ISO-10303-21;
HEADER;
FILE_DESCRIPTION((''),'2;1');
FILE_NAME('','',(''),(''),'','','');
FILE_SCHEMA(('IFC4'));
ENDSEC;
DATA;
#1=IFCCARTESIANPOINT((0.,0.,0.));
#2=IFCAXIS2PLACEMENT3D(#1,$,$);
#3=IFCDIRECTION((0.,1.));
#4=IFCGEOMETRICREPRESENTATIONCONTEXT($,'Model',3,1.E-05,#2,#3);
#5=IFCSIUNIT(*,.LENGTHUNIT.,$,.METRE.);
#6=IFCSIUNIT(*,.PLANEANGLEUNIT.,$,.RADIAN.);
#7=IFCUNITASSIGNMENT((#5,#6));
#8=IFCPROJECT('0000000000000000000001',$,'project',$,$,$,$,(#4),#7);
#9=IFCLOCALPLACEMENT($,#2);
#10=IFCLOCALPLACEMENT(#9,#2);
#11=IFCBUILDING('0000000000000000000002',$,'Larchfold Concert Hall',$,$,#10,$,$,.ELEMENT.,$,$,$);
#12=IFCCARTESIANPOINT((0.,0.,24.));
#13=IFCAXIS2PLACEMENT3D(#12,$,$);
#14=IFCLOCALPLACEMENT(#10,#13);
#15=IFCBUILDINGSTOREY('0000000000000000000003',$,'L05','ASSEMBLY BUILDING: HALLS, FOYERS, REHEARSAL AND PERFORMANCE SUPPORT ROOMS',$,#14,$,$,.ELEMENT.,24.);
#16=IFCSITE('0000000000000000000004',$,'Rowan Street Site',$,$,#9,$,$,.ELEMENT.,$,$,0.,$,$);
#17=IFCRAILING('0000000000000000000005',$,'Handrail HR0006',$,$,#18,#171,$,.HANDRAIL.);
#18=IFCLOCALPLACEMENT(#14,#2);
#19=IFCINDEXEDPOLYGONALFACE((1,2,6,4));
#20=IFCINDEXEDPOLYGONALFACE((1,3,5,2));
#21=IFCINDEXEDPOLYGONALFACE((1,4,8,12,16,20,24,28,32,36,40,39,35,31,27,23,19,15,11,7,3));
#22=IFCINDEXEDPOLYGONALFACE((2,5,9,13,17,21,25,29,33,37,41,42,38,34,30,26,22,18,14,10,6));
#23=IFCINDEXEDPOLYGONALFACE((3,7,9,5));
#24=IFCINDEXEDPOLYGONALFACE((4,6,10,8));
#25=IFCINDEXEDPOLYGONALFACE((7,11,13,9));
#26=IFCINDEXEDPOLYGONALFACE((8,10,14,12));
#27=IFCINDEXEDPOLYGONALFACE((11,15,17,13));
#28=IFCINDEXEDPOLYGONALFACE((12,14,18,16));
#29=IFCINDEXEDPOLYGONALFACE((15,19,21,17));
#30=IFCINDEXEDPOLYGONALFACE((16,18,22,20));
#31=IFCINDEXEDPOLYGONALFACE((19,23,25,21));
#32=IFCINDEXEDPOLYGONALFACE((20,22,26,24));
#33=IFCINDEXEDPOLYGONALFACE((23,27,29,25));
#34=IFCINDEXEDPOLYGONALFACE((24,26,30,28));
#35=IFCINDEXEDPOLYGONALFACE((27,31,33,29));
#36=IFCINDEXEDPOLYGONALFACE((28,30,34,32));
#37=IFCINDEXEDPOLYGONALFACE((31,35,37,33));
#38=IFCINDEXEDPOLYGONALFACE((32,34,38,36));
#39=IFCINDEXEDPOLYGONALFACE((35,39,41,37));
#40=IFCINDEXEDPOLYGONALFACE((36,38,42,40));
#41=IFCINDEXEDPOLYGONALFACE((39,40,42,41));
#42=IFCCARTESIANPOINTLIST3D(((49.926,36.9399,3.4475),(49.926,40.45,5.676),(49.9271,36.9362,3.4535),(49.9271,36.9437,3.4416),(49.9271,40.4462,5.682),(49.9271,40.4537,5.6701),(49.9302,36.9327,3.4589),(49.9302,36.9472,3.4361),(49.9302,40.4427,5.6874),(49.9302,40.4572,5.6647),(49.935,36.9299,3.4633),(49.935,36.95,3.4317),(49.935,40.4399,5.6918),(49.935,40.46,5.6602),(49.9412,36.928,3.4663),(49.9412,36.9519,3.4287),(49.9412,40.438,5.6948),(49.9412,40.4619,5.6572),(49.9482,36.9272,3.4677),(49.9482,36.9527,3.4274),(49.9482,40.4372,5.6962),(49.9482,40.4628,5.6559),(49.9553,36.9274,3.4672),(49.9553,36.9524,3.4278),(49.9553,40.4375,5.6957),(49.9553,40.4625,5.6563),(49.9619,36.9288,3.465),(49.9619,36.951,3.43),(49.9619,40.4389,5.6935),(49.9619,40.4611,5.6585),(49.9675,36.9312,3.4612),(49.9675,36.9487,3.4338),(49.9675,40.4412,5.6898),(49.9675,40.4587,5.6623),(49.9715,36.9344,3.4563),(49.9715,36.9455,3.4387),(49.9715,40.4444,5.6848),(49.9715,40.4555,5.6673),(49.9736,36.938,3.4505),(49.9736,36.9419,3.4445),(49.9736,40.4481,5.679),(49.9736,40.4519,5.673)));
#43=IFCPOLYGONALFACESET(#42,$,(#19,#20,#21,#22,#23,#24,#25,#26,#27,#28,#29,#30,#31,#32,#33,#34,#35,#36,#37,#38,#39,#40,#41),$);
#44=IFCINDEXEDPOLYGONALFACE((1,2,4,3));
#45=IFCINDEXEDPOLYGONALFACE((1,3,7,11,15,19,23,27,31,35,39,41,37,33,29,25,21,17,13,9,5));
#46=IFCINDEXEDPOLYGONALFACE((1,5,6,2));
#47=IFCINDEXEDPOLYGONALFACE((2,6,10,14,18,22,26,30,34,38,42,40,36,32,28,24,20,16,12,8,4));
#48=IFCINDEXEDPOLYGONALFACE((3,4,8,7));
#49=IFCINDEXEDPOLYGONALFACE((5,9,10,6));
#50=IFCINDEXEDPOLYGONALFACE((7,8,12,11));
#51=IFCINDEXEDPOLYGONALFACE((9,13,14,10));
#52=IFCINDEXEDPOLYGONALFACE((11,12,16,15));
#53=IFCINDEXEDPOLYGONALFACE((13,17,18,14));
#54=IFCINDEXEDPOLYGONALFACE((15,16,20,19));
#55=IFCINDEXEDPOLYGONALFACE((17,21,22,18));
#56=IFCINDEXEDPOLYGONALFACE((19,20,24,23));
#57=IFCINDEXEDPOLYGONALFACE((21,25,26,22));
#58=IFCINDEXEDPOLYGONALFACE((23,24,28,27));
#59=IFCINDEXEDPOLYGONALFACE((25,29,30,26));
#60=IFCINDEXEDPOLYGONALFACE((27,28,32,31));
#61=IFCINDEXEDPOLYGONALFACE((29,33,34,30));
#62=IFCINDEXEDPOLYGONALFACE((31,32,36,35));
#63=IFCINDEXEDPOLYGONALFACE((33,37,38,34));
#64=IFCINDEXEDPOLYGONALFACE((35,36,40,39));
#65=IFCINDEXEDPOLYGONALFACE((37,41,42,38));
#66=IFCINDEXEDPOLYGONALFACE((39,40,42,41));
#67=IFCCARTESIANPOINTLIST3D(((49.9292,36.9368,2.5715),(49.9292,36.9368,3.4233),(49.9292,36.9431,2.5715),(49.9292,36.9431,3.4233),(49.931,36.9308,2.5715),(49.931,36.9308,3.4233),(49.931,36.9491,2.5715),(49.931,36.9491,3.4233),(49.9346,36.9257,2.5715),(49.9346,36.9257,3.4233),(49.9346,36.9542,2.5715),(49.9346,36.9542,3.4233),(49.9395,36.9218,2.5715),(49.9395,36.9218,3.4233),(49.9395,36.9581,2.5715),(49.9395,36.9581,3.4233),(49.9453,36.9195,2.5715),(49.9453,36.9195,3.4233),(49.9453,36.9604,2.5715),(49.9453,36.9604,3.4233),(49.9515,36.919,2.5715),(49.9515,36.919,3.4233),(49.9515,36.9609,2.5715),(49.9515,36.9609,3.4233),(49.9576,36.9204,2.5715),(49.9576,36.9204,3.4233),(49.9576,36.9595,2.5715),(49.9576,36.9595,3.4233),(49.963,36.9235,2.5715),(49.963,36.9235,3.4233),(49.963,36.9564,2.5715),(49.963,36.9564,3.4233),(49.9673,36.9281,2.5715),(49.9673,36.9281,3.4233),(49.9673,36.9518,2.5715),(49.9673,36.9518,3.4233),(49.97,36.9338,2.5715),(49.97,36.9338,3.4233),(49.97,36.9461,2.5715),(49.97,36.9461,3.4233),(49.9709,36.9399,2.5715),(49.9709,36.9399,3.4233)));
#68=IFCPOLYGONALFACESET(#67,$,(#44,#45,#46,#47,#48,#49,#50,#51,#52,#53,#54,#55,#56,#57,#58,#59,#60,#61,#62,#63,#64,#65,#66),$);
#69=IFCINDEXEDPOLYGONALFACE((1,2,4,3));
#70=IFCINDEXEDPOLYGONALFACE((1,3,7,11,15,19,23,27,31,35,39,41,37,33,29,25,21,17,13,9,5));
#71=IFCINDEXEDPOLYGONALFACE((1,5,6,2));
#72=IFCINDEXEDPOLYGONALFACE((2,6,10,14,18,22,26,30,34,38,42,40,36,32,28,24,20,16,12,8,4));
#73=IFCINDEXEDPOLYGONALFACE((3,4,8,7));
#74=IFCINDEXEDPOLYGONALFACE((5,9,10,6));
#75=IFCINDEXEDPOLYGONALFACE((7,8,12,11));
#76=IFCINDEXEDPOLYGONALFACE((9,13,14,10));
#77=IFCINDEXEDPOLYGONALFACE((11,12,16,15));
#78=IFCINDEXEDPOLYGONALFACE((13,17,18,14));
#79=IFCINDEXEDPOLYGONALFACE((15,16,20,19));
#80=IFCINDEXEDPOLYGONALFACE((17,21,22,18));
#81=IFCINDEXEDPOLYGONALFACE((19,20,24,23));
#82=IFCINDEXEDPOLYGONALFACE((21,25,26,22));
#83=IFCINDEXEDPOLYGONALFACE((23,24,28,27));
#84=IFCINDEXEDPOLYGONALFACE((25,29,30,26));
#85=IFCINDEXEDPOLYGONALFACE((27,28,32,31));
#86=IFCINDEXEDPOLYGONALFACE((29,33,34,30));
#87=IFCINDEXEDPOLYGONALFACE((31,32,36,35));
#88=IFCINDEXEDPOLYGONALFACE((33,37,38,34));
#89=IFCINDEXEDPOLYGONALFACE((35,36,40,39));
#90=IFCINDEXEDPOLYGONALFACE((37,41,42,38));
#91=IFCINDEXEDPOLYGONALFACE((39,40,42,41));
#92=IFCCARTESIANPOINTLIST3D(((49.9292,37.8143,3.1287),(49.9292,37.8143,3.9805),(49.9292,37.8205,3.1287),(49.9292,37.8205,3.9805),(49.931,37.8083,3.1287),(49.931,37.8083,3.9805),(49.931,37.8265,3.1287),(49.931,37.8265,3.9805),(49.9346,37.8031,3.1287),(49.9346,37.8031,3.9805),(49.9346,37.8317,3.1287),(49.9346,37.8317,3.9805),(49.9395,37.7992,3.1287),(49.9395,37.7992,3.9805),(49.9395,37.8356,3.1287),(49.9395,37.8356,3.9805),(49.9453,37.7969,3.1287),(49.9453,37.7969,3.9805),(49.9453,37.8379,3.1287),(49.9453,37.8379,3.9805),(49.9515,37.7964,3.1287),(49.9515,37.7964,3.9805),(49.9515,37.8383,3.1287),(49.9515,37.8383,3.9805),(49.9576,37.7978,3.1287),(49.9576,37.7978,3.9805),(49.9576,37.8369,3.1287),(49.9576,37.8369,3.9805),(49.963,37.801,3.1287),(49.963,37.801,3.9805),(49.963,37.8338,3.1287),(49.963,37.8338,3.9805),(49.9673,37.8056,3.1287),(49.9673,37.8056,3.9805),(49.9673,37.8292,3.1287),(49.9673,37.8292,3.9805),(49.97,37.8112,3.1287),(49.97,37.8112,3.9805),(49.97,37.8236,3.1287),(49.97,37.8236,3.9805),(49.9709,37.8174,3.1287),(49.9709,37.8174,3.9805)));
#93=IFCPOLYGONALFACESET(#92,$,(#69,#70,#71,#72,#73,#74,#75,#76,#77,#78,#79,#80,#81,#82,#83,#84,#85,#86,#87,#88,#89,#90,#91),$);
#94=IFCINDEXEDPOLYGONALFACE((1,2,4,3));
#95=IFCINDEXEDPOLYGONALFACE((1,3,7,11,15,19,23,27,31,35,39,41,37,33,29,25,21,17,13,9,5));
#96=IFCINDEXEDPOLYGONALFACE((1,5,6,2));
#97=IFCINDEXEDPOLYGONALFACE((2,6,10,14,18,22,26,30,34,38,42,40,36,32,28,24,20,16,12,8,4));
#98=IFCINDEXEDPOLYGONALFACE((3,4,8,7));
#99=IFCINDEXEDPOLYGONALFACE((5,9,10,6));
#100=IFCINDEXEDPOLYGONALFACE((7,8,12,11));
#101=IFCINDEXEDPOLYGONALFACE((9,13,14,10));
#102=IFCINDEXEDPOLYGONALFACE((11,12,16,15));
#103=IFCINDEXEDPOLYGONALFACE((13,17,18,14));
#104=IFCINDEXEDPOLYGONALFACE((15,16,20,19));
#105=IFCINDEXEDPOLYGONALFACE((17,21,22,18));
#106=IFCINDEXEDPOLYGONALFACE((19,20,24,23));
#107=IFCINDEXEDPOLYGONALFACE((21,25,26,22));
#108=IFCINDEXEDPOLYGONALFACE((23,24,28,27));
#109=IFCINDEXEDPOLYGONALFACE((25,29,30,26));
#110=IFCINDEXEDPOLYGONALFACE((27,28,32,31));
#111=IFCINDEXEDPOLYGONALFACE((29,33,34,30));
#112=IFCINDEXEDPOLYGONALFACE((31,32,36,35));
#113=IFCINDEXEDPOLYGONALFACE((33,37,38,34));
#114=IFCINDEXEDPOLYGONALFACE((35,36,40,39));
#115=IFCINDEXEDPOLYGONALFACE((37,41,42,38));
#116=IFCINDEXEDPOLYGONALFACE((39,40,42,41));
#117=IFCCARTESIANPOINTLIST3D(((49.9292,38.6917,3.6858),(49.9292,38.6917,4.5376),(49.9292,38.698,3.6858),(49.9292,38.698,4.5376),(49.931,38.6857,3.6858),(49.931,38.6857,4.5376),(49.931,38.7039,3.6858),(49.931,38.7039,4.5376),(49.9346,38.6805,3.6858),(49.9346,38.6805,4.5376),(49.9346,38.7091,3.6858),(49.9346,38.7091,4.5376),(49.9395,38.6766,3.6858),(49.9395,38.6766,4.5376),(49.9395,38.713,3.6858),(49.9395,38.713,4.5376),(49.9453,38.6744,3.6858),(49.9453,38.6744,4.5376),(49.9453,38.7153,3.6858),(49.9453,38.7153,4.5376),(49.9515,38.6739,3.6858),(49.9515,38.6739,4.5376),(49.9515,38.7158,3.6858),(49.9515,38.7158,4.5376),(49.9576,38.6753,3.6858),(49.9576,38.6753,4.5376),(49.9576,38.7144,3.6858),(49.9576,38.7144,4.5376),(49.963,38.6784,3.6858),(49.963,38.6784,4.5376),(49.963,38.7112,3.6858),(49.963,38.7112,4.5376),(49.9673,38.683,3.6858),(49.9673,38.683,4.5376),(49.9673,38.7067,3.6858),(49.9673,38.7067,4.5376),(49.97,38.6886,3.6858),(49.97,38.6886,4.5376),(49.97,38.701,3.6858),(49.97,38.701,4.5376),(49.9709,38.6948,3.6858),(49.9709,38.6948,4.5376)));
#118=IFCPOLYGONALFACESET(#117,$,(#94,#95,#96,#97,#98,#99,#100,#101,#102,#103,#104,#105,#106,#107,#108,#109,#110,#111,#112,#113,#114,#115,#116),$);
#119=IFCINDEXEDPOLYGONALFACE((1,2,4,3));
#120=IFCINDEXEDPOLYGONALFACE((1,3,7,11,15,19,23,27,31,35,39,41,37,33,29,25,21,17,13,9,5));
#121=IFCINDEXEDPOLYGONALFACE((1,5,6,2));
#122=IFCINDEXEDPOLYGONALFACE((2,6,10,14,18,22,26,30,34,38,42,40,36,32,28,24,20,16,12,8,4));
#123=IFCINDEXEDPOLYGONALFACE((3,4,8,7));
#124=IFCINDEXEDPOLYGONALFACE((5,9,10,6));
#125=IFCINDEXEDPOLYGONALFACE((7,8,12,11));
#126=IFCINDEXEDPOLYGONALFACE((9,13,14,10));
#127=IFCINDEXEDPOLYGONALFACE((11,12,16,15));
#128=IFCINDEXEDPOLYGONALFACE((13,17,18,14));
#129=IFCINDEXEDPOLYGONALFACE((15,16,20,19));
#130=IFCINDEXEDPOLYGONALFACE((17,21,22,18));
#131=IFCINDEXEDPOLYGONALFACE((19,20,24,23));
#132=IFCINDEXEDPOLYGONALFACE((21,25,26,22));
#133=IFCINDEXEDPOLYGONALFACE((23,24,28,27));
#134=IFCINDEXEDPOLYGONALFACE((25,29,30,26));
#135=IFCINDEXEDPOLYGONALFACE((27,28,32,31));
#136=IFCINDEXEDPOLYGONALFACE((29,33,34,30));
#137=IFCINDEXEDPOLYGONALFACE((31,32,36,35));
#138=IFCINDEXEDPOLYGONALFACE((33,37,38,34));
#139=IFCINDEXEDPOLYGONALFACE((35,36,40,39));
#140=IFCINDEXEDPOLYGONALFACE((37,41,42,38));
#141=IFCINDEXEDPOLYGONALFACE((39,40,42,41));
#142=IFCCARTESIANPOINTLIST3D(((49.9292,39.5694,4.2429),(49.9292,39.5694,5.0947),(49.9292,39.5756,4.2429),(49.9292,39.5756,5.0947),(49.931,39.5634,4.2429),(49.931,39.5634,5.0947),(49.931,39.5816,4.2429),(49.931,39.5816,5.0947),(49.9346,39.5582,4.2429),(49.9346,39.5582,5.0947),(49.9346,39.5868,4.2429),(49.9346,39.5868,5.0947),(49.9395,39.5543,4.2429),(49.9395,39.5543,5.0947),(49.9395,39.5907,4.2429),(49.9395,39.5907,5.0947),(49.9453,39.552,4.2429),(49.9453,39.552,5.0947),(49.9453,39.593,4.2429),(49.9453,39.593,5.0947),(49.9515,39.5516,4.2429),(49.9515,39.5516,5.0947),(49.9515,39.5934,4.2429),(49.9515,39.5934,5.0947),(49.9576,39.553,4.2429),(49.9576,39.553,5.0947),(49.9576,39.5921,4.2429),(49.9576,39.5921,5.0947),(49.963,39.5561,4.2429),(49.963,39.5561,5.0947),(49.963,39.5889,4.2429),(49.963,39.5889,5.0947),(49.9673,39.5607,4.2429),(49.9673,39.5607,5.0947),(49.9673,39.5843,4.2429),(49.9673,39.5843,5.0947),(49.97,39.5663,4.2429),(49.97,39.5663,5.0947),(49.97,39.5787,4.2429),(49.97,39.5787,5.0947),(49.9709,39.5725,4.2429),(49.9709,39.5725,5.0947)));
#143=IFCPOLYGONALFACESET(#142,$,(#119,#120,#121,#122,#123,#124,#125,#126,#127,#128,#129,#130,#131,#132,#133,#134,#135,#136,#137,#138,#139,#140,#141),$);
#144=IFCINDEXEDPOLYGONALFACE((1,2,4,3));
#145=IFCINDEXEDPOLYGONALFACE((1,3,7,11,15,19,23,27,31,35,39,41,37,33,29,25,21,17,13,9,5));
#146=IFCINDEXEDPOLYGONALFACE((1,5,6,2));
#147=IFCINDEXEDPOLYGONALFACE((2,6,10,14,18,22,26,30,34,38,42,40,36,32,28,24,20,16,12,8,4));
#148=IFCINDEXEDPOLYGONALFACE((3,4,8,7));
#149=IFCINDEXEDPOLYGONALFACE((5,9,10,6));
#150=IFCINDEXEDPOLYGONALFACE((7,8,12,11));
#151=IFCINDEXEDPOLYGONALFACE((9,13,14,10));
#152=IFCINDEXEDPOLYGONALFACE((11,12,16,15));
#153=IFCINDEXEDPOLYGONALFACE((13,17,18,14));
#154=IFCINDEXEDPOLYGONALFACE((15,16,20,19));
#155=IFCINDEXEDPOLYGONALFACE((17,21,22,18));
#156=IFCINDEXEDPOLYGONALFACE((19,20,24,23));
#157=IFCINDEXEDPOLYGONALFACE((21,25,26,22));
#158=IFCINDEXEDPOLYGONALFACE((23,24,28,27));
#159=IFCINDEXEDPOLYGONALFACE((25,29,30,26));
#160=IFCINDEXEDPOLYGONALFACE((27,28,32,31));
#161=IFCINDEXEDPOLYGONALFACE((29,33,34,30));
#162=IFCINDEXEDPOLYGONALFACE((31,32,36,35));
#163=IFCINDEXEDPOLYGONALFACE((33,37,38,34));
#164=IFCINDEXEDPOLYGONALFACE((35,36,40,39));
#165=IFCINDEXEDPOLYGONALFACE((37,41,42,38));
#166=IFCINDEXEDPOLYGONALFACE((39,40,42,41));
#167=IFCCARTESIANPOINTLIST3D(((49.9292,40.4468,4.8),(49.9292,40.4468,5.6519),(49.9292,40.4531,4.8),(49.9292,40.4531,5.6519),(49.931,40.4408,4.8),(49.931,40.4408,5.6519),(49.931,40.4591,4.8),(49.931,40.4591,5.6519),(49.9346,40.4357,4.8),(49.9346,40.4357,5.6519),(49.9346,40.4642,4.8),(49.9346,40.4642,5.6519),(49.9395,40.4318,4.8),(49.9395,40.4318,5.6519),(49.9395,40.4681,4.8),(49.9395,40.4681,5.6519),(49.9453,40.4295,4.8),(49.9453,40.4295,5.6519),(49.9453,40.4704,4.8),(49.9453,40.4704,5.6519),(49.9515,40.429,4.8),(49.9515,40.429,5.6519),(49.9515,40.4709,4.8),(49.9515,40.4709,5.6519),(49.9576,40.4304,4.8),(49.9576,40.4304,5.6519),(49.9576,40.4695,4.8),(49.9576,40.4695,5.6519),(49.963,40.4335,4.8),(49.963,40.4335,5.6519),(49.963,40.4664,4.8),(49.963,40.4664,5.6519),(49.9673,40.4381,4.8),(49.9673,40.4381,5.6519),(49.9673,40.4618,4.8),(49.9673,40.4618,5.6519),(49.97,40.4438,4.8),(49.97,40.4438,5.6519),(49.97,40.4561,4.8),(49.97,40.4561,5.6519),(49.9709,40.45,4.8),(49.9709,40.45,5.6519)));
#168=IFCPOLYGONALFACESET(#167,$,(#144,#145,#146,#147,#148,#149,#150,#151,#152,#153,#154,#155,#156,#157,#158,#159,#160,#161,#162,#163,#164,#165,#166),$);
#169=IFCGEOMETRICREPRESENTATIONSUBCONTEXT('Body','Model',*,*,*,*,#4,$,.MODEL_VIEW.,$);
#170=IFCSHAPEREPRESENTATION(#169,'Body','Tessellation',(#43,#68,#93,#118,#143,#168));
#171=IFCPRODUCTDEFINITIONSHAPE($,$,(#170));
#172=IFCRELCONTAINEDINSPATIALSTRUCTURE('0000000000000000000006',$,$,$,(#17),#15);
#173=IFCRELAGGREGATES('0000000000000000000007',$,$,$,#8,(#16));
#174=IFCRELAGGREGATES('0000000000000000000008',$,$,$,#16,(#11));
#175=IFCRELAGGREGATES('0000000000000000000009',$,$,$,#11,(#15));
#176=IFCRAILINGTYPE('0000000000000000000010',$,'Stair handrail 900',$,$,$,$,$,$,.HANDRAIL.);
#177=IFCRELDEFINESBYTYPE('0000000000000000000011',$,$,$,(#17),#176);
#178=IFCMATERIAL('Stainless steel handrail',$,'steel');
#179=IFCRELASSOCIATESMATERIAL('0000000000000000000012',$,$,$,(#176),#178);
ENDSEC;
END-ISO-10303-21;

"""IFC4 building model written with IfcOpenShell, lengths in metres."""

from ifc_helpers import new_model, si_unit, direction, frame, origin, origin_2d, place, context, subcontext, project, spatial, circle, extrude, material, type_object, element, save


model = new_model("IFC4")

# Units and contexts
model_context = context("Model", 3, precision=1e-05, world=origin(), true_north=direction((0.0, 1.0)))
body_context = subcontext(model_context, "Body", "Model", "MODEL_VIEW")
ifc_project = project(units=[si_unit("LENGTHUNIT", "METRE"), si_unit("PLANEANGLEUNIT", "RADIAN")], contexts=[model_context])

# Site, building, storey
site_placement = place(None, origin())
site = spatial("IfcSite", under=ifc_project, at=site_placement, Name="Rowan Street Site", CompositionType="ELEMENT", RefElevation=0.0)
building_placement = place(site_placement, origin())
building = spatial("IfcBuilding", under=site, at=building_placement, Name="Larchfold Concert Hall", CompositionType="ELEMENT")
storey_placement = place(building_placement, frame((0.0, 0.0, 24.0)))
storey = spatial("IfcBuildingStorey", under=building, at=storey_placement, Name="L05", Description="ASSEMBLY BUILDING: HALLS, FOYERS, REHEARSAL AND PERFORMANCE SUPPORT ROOMS", CompositionType="ELEMENT", Elevation=24.0)

# Railing
ifc_material_1 = material(Name="Stainless steel handrail", Category="steel")
railing_type_1 = type_object("IfcRailingType", Name="Stair handrail 900", PredefinedType="HANDRAIL", material=ifc_material_1)
railing_1_placement = place(storey_placement, frame((49.95, 36.9399, 2.5715)))
element("IfcRailing", 1, at=railing_1_placement, inside=storey, type_object=railing_type_1, Name="Handrail HR0006", PredefinedType="HANDRAIL", context=body_context, shape_type="SweptSolid", body=[
    extrude(circle(Radius=0.0239, at=origin_2d()), frame((0.0, 0.0, 0.876), z_axis=(0.0, 0.84422, 0.535998), x_axis=(-1.0, 0.0, 0.0)), (0.0, 0.0, 1.0), 4.1577),
    extrude(circle(Radius=0.021, at=origin_2d()), origin(), (0.0, 0.0, 1.0), 0.8518),
    extrude(circle(Radius=0.021, at=origin_2d()), frame((0.0, 0.8774, 0.5571)), (0.0, 0.0, 1.0), 0.8518),
    extrude(circle(Radius=0.021, at=origin_2d()), frame((0.0, 1.7549, 1.1143)), (0.0, 0.0, 1.0), 0.8518),
    extrude(circle(Radius=0.021, at=origin_2d()), frame((0.0, 2.6326, 1.6714)), (0.0, 0.0, 1.0), 0.8518),
    extrude(circle(Radius=0.021, at=origin_2d()), frame((0.0, 3.51, 2.2285)), (0.0, 0.0, 1.0), 0.8518),
])

save(model, "model.ifc")
